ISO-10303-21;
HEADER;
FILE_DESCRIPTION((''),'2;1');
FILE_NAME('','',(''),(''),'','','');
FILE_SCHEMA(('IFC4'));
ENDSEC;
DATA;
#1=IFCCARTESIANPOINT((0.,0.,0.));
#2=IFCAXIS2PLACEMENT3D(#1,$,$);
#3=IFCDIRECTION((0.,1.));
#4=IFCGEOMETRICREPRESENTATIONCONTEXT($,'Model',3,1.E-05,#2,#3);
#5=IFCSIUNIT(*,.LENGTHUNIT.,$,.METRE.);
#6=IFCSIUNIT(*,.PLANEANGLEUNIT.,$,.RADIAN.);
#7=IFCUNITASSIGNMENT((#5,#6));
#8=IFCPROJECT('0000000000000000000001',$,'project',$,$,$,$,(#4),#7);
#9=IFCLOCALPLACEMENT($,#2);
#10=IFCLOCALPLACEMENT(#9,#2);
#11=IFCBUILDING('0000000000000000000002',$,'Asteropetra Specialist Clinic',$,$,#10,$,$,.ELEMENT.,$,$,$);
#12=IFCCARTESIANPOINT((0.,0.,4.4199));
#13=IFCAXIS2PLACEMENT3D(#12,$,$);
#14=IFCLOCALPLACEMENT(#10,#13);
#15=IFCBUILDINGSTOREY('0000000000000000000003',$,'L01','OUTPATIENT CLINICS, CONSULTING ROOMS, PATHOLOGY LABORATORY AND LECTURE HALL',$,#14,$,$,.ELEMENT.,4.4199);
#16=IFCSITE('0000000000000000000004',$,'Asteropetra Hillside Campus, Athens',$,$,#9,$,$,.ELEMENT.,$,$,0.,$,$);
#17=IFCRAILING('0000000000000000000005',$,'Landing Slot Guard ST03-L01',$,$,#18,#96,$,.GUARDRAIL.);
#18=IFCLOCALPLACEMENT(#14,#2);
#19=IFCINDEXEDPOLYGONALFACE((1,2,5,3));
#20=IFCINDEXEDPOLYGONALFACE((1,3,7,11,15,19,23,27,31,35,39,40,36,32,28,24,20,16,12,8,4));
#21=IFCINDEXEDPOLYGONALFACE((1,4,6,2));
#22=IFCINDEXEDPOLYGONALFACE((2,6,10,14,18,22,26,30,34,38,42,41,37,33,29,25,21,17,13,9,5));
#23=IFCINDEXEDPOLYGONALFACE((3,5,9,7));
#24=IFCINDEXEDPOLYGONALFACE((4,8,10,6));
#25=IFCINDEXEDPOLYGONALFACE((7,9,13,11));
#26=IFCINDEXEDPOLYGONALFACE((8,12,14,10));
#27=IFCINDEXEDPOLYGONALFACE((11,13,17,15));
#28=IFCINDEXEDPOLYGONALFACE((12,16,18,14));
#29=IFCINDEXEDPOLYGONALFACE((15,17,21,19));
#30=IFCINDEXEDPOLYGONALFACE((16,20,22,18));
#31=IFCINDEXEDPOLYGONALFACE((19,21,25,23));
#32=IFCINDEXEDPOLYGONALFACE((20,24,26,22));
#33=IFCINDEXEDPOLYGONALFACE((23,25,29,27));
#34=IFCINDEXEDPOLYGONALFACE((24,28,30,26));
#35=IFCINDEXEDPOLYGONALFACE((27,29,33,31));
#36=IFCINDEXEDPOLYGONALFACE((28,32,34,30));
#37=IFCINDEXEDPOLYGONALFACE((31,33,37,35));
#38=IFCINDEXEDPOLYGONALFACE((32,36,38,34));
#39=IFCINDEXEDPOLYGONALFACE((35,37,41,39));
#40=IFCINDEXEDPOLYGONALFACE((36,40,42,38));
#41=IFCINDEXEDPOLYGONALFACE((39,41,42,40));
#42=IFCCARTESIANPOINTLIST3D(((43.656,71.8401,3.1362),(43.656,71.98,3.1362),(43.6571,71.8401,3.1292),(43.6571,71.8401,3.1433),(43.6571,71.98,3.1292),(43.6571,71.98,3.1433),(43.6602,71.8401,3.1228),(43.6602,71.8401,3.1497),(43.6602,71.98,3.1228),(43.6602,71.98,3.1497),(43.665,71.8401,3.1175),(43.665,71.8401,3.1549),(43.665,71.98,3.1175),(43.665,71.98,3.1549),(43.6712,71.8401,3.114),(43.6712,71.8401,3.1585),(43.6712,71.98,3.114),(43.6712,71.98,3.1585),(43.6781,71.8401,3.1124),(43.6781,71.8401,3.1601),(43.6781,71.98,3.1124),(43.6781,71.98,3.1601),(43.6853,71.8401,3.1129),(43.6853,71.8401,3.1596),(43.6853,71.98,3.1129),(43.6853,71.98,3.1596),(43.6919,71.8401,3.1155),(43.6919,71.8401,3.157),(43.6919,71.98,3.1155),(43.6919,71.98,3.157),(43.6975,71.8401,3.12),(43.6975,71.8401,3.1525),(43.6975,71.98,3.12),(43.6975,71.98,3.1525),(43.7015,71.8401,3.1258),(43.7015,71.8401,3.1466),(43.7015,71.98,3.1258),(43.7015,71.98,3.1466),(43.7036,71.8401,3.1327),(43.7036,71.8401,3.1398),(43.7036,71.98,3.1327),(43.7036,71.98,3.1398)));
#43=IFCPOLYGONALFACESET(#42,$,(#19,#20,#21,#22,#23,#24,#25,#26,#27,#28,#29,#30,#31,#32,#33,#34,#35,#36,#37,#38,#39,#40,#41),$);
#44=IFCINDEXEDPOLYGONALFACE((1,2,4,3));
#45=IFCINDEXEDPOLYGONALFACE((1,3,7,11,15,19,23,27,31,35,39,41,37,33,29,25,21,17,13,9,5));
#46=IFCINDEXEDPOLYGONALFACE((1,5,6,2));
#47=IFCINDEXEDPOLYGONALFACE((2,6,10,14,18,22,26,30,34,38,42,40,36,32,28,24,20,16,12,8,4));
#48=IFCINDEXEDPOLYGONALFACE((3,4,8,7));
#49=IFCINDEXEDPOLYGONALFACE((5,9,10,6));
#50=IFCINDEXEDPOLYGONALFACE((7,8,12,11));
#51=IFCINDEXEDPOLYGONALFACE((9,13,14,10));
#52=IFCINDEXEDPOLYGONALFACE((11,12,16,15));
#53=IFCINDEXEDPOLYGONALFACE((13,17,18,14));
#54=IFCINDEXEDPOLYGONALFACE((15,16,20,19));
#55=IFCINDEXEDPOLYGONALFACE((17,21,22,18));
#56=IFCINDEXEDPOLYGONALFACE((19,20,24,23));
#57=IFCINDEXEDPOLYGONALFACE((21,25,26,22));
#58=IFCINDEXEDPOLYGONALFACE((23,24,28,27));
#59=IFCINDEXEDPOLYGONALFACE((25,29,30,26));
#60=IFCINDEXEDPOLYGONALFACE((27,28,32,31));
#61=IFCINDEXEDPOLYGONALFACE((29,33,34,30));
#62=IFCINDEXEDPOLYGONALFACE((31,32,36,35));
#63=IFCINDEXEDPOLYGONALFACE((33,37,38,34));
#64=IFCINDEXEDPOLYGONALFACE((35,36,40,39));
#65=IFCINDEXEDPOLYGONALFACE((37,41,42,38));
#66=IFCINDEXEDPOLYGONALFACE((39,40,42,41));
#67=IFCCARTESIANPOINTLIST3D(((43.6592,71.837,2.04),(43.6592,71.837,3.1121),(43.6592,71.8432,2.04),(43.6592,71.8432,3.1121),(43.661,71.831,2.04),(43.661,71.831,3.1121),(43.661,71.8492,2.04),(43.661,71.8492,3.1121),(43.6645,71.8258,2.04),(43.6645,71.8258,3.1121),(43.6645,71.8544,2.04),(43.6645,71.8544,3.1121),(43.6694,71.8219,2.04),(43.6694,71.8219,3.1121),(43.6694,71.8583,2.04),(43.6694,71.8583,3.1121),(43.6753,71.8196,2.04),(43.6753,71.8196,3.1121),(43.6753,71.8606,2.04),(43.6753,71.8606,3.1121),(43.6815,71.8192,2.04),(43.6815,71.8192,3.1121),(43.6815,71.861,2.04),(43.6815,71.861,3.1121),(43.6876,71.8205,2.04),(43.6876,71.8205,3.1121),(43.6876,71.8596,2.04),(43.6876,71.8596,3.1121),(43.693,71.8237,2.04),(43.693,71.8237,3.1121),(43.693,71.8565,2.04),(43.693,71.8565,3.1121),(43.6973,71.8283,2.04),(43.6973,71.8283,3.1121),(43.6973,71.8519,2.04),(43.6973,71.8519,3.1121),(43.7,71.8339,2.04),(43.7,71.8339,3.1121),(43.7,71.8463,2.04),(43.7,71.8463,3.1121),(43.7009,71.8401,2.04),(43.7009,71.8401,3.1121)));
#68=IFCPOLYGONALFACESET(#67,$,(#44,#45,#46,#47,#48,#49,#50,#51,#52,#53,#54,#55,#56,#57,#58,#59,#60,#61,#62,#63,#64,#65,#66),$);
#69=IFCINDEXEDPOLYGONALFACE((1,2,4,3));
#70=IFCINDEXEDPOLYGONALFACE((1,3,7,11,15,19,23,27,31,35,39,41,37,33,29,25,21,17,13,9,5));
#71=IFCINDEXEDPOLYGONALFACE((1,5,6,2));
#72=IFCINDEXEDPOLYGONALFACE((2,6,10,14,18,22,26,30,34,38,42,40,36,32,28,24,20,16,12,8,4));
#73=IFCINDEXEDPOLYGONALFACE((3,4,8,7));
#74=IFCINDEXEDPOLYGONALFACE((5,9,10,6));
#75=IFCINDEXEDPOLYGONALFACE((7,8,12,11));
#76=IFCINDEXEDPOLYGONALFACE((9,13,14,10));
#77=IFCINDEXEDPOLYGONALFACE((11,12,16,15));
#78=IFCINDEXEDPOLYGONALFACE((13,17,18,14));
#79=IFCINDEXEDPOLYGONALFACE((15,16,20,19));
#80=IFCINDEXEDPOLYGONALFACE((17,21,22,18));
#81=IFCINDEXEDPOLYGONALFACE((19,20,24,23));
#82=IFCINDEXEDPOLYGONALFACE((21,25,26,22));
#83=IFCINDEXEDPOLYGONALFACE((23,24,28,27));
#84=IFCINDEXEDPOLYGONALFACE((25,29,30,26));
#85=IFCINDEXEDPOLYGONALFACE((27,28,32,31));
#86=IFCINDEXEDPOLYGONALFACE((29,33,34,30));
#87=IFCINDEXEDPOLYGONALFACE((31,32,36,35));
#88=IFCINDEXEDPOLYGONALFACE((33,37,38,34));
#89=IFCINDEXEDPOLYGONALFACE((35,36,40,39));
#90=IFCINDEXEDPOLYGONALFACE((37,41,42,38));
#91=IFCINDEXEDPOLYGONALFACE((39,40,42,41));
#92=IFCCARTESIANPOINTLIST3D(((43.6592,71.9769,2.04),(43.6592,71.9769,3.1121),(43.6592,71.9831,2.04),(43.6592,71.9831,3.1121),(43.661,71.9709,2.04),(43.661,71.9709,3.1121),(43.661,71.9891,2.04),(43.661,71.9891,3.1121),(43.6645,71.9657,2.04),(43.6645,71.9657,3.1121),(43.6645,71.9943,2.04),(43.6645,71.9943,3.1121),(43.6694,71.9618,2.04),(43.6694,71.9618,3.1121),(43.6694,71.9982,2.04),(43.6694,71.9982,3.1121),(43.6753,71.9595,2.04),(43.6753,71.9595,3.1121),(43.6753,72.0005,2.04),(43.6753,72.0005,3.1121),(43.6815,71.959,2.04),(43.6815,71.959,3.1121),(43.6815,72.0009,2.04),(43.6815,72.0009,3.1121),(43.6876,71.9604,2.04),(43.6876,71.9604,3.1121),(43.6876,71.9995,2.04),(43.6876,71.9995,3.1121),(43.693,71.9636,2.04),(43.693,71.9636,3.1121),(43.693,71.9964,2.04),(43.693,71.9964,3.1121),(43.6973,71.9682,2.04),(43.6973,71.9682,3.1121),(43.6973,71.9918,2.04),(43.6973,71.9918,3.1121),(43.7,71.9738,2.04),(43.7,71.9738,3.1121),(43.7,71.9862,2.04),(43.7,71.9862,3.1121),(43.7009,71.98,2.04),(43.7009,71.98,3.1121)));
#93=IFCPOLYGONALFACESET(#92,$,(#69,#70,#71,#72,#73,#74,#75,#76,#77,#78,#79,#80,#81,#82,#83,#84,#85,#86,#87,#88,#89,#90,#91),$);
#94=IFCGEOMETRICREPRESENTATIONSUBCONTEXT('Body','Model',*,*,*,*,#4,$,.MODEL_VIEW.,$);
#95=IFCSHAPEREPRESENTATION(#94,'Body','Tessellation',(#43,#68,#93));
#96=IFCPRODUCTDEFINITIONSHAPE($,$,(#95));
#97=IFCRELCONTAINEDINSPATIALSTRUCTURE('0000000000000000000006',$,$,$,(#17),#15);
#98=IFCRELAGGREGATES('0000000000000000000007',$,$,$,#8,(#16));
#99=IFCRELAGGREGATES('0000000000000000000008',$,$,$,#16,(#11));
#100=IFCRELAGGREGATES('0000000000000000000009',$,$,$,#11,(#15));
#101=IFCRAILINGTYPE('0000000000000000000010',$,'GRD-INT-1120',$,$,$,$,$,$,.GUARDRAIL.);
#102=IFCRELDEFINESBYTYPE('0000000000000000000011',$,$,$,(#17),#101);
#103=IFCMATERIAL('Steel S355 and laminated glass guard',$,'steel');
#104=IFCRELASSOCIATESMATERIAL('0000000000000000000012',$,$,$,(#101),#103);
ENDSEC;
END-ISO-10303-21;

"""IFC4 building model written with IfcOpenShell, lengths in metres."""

from ifc_helpers import new_model, si_unit, direction, frame, origin, origin_2d, place, context, subcontext, project, spatial, circle, extrude, material, type_object, element, save


model = new_model("IFC4")

# Units and contexts
model_context = context("Model", 3, precision=1e-05, world=origin(), true_north=direction((0.0, 1.0)))
body_context = subcontext(model_context, "Body", "Model", "MODEL_VIEW")
ifc_project = project(units=[si_unit("LENGTHUNIT", "METRE"), si_unit("PLANEANGLEUNIT", "RADIAN")], contexts=[model_context])

# Site, building, storey
site_placement = place(None, origin())
site = spatial("IfcSite", under=ifc_project, at=site_placement, Name="Asteropetra Hillside Campus, Athens", CompositionType="ELEMENT", RefElevation=0.0)
building_placement = place(site_placement, origin())
building = spatial("IfcBuilding", under=site, at=building_placement, Name="Asteropetra Specialist Clinic", CompositionType="ELEMENT")
storey_placement = place(building_placement, frame((0.0, 0.0, 4.4199)))
storey = spatial("IfcBuildingStorey", under=building, at=storey_placement, Name="L01", Description="OUTPATIENT CLINICS, CONSULTING ROOMS, PATHOLOGY LABORATORY AND LECTURE HALL", CompositionType="ELEMENT", Elevation=4.4199)

# Railing
ifc_material_1 = material(Name="Steel S355 and laminated glass guard", Category="steel")
railing_type_1 = type_object("IfcRailingType", Name="GRD-INT-1120", PredefinedType="GUARDRAIL", material=ifc_material_1)
railing_1_placement = place(storey_placement, frame((43.6799, 71.8401, 2.04)))
element("IfcRailing", 1, at=railing_1_placement, inside=storey, type_object=railing_type_1, Name="Landing Slot Guard ST03-L01", PredefinedType="GUARDRAIL", context=body_context, shape_type="SweptSolid", body=[
    extrude(circle(Radius=0.0239, at=origin_2d()), frame((0.0, 0.0, 1.0962), z_axis=(0.0, 1.0, 0.0), x_axis=(-1.0, 0.0, 0.0)), (0.0, 0.0, 1.0), 0.1399),
    extrude(circle(Radius=0.021, at=origin_2d()), origin(), (0.0, 0.0, 1.0), 1.072),
    extrude(circle(Radius=0.021, at=origin_2d()), frame((0.0, 0.1399, 0.0)), (0.0, 0.0, 1.0), 1.072),
])

save(model, "model.ifc")
